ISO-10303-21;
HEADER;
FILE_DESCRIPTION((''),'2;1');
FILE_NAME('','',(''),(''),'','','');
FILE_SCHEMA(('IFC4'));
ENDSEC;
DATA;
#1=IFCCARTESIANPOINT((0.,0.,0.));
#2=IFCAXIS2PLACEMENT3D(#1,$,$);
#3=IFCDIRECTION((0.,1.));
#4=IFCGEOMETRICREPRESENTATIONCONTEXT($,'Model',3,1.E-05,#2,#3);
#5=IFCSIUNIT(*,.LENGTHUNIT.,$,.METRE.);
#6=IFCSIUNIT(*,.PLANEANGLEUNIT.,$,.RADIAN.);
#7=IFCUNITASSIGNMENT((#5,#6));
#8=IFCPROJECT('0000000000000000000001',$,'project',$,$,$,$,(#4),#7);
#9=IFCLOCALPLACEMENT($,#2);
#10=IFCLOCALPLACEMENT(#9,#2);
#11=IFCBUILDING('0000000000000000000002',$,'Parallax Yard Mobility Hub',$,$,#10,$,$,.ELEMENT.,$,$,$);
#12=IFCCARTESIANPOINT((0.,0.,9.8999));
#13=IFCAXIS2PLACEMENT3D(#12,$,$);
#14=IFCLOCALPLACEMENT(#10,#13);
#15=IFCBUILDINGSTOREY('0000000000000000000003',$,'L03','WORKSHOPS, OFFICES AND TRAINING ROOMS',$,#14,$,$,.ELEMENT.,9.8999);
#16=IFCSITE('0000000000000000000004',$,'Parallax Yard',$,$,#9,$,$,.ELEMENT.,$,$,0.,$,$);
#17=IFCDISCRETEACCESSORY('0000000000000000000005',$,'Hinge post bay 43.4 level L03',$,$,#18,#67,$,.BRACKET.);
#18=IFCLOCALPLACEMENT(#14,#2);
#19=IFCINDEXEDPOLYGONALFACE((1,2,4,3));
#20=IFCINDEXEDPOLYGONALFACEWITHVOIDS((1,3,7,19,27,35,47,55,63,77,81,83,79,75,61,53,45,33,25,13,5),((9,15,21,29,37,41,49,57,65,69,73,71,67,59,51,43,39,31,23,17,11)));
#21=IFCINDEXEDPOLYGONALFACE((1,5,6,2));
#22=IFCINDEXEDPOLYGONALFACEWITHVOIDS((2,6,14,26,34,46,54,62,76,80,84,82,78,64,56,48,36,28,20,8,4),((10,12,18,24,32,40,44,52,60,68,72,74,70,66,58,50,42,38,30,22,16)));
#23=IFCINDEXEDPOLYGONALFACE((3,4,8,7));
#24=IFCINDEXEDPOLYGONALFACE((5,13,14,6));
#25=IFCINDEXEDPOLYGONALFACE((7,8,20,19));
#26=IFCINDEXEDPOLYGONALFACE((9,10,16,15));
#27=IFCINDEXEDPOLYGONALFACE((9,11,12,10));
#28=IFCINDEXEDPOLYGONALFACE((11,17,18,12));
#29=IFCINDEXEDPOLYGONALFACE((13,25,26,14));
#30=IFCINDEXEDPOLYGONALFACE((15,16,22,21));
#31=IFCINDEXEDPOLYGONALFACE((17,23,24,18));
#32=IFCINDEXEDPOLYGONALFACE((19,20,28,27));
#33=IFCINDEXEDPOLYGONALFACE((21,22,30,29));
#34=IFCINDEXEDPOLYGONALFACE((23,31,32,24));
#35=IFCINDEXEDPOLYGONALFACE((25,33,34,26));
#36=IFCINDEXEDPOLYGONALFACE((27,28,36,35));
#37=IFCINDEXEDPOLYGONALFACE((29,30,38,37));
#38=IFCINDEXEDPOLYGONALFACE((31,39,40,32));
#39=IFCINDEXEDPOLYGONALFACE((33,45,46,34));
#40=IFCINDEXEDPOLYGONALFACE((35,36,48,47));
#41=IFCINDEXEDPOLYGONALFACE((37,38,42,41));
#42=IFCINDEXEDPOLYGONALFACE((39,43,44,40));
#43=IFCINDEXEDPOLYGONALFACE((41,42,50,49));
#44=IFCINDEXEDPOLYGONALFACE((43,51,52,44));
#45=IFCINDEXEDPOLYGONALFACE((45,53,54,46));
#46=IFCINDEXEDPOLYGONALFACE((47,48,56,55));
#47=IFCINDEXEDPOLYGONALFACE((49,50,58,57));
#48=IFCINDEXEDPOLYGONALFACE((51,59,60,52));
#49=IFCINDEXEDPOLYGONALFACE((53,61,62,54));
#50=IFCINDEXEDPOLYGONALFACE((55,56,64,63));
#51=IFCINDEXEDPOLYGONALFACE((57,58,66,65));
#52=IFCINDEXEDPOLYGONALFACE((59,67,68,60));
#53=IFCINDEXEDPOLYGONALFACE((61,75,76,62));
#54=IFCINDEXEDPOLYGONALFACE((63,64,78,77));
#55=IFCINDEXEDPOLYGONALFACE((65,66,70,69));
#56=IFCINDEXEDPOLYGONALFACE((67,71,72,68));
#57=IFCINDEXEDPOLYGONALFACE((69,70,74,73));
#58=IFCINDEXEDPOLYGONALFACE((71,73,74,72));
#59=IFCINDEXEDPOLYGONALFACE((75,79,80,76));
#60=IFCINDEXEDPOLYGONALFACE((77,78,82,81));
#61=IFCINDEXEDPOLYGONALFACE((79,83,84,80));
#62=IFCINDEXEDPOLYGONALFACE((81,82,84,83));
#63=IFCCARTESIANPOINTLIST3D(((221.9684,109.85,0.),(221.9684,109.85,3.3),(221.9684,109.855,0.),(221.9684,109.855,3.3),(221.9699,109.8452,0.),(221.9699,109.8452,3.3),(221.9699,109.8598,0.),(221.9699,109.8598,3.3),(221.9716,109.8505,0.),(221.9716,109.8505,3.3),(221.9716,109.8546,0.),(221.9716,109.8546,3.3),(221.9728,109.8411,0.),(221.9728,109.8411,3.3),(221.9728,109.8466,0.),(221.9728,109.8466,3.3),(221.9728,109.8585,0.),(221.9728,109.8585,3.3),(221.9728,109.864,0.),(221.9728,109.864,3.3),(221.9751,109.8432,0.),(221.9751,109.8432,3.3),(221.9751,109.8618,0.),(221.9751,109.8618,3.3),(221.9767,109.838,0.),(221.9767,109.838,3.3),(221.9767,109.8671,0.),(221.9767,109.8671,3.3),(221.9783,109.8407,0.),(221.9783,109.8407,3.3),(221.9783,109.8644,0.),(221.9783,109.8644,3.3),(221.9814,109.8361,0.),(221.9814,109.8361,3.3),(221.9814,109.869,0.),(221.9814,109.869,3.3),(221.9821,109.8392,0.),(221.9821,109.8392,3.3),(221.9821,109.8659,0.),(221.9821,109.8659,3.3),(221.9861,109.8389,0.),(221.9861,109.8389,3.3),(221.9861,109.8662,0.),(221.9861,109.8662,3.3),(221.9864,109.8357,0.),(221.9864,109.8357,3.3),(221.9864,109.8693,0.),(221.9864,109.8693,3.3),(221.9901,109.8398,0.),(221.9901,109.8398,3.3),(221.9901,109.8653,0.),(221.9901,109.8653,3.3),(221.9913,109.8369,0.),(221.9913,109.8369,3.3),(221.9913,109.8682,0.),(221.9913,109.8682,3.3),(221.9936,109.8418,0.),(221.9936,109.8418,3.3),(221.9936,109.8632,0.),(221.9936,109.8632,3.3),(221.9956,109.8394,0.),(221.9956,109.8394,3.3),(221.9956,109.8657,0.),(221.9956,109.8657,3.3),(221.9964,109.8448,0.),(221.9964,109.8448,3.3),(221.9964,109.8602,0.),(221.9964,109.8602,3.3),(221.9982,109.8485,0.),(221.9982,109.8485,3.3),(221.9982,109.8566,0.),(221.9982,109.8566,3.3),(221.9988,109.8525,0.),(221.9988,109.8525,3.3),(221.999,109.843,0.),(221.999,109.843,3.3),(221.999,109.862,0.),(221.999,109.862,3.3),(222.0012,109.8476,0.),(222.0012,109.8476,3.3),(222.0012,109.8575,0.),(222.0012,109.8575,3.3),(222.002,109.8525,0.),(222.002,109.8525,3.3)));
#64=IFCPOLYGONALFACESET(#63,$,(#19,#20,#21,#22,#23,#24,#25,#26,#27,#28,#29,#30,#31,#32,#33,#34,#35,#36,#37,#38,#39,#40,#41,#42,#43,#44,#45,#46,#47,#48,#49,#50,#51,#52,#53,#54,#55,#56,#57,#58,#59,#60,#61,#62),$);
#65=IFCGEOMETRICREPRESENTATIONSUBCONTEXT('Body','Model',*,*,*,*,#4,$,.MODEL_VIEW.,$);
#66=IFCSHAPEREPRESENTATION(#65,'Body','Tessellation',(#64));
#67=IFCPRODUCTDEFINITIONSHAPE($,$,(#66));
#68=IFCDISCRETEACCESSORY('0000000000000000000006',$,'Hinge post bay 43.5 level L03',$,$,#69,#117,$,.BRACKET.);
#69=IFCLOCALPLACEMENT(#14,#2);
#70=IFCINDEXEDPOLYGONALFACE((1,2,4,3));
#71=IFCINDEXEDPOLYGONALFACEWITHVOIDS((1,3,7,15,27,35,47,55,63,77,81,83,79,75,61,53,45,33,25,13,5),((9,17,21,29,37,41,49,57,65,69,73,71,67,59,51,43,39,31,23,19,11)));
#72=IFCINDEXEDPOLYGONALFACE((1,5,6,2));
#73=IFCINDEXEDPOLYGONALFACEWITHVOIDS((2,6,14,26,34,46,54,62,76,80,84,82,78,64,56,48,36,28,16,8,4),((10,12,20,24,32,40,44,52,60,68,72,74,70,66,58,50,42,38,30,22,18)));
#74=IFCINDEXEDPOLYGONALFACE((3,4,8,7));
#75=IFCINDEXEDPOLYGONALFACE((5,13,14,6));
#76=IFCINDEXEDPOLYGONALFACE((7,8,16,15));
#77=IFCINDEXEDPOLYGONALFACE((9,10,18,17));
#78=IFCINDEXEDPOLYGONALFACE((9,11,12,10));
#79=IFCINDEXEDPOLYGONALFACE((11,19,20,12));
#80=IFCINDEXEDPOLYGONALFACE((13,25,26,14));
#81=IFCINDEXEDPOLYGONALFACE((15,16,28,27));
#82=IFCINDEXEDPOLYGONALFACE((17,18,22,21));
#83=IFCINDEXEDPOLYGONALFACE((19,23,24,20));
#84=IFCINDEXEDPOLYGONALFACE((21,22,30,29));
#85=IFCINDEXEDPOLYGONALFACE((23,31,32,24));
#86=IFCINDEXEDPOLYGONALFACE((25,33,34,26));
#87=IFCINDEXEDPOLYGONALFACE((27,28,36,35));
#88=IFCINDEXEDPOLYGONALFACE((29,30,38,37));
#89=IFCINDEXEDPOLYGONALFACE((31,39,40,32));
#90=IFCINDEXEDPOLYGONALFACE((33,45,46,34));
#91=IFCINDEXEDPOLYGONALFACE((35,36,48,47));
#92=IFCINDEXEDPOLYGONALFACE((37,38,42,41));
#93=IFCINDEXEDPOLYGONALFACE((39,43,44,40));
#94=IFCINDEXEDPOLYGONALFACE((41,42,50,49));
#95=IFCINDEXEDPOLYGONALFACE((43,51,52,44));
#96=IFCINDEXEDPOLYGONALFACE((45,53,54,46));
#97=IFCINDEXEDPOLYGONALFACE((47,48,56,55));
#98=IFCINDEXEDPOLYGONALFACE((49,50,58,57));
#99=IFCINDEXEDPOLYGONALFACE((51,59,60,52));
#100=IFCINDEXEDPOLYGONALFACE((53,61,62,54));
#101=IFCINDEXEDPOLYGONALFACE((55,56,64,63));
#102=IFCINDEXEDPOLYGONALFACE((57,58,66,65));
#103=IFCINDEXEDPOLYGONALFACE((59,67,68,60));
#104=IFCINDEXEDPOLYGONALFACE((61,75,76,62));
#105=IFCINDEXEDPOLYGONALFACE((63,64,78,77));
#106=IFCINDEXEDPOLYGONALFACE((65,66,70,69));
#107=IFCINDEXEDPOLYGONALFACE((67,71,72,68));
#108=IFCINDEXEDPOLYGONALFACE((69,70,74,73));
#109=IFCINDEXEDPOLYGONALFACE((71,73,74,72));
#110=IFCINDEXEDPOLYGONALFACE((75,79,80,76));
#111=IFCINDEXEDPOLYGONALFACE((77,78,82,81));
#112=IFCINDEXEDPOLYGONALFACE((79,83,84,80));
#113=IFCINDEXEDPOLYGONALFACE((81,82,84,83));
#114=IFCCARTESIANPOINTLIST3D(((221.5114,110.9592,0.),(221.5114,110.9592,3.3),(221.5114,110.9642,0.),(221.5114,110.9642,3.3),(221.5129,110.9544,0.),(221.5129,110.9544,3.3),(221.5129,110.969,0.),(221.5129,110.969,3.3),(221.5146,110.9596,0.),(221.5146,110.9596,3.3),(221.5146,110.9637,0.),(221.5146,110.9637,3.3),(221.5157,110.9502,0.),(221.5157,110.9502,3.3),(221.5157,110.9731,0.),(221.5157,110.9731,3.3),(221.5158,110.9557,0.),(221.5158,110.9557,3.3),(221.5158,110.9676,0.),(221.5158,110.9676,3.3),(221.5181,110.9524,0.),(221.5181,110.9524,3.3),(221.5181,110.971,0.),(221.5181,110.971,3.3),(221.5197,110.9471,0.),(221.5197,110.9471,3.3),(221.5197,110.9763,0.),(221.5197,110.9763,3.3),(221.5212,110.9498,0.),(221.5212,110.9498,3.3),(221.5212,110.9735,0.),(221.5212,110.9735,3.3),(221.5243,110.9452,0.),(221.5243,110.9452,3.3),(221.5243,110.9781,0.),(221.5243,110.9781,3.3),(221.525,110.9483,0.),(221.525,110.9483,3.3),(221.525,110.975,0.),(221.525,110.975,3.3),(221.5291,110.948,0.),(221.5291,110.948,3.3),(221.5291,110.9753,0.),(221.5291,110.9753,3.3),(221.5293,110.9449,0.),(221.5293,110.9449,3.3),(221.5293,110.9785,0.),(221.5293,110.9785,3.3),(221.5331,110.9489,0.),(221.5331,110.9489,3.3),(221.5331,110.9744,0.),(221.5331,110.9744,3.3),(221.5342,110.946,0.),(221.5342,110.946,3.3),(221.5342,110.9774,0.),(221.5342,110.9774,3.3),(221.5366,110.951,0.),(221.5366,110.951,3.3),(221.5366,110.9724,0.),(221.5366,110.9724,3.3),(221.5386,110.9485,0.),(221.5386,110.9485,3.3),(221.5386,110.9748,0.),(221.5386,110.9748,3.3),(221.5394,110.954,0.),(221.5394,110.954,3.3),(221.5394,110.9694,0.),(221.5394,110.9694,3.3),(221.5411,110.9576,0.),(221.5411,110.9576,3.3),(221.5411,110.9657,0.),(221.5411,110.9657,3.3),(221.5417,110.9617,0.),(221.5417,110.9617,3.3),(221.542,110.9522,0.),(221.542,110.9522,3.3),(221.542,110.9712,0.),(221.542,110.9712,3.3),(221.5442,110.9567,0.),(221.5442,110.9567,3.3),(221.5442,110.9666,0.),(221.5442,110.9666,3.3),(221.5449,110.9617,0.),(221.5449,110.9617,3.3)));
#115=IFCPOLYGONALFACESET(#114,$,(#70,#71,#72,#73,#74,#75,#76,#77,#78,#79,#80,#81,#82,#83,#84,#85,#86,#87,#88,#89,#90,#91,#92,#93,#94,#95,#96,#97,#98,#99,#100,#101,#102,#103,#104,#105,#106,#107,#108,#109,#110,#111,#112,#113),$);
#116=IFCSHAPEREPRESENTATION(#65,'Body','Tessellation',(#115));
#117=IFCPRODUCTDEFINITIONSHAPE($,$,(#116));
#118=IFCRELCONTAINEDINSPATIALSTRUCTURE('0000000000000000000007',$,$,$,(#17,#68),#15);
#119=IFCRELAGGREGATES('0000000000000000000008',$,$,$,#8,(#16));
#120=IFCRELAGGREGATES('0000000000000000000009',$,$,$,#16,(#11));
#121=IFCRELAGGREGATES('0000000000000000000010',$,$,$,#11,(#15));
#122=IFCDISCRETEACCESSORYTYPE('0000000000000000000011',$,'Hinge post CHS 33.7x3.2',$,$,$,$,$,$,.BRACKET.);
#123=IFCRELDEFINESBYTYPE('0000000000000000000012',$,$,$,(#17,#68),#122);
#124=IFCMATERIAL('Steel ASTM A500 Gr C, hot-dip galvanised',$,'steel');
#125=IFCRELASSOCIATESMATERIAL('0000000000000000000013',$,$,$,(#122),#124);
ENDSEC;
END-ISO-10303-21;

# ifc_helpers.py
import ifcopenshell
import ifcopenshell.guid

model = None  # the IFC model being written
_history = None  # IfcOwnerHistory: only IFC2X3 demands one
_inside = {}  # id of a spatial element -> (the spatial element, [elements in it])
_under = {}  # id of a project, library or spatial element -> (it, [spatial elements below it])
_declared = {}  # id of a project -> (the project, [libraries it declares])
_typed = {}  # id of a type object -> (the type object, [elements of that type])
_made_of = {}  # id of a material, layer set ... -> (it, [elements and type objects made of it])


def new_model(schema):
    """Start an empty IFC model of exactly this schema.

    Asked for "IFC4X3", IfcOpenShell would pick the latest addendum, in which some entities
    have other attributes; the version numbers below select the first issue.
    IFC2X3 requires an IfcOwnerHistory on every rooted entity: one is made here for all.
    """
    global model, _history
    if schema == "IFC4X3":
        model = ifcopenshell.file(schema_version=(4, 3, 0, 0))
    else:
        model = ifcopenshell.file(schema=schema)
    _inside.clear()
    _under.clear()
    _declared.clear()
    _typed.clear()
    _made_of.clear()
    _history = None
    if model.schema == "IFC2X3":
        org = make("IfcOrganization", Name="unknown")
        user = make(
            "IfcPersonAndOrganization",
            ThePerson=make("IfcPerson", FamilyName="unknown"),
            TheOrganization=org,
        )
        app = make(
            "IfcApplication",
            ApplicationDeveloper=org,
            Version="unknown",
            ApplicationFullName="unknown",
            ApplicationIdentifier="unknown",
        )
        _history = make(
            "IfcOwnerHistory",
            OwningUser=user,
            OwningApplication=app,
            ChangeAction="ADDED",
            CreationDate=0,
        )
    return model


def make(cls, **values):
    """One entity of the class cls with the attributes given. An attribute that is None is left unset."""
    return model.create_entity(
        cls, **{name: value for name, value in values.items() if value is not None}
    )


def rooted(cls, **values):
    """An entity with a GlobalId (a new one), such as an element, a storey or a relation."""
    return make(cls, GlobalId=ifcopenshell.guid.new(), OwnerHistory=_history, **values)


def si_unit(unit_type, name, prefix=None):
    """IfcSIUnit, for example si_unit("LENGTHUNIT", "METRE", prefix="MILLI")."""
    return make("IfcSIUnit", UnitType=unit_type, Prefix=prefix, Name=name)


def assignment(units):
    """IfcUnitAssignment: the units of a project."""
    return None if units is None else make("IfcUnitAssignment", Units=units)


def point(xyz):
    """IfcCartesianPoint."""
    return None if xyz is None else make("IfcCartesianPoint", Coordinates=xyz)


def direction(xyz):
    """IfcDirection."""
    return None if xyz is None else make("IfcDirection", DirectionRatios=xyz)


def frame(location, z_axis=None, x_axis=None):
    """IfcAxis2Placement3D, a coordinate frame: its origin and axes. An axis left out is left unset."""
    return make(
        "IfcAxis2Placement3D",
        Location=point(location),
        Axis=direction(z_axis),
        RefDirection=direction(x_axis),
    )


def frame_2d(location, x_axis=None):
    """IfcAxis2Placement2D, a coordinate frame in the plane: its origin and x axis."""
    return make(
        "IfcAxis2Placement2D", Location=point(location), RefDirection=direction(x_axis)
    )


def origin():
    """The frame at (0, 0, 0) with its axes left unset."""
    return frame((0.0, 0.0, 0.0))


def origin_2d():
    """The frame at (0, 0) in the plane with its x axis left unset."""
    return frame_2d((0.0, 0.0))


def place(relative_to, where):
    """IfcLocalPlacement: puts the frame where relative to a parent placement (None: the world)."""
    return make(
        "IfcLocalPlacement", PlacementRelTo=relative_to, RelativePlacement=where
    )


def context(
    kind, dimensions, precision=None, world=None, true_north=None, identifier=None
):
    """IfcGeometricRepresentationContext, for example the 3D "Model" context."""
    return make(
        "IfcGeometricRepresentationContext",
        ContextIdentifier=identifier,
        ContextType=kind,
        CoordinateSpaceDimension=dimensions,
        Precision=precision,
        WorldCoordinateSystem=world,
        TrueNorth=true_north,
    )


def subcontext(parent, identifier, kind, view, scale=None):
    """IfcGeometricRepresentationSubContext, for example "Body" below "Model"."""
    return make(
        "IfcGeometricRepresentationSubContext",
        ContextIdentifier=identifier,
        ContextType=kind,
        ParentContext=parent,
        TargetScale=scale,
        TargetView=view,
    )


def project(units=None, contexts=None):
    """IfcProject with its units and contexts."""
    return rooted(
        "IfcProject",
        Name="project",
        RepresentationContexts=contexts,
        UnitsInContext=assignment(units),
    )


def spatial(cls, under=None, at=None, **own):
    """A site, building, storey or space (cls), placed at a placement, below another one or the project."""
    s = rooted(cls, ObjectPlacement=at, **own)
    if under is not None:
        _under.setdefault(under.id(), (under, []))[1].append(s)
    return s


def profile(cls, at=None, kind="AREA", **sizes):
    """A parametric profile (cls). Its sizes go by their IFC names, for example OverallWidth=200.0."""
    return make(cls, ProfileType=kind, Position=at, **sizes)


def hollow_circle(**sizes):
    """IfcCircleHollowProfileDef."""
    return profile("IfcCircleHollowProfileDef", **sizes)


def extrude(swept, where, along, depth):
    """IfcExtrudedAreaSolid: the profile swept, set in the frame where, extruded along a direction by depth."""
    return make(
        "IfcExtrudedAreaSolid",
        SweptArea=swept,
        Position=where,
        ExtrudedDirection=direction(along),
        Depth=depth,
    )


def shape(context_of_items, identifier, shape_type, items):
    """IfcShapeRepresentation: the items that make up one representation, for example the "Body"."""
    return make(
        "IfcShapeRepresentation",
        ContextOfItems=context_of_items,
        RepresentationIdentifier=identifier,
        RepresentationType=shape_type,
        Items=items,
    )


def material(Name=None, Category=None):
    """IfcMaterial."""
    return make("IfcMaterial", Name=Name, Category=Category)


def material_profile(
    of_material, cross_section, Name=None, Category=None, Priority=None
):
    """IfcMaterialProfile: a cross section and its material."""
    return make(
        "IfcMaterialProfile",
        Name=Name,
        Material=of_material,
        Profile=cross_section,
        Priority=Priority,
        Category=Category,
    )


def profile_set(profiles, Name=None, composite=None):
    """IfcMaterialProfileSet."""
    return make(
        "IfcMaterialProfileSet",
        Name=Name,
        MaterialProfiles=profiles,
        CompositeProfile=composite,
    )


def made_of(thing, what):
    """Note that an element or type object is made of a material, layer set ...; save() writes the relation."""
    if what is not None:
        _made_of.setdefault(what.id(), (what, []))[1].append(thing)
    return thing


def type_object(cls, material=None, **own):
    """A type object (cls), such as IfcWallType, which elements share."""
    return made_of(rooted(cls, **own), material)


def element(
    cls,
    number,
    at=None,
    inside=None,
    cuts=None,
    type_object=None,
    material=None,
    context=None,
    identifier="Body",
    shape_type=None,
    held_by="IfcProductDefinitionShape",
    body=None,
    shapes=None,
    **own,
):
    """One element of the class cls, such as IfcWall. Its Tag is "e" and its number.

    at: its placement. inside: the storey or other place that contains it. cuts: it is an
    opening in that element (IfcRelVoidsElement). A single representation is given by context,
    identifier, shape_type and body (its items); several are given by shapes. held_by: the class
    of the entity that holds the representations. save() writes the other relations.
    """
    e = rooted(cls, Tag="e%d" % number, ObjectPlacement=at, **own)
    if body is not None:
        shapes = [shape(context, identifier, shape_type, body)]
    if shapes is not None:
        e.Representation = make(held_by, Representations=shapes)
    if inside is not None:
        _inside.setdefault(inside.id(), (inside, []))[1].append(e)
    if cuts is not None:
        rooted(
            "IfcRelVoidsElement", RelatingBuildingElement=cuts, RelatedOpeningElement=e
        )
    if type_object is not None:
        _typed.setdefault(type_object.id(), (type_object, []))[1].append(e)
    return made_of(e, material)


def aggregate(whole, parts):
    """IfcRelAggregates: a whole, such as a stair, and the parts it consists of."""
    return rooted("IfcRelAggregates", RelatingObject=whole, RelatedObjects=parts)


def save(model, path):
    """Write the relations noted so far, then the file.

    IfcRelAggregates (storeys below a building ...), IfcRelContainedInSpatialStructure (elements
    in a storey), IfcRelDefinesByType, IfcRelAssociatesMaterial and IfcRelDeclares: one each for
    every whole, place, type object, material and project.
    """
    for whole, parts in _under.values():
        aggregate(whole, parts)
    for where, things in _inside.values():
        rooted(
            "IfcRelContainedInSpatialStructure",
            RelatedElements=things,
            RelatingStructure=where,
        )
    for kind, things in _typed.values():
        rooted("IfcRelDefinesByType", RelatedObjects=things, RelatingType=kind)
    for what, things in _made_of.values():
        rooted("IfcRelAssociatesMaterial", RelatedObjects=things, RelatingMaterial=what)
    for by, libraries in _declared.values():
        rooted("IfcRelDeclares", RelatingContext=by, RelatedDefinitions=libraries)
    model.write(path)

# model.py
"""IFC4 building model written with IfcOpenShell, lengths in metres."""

from ifc_helpers import new_model, si_unit, direction, frame, origin, origin_2d, place, context, subcontext, project, spatial, hollow_circle, extrude, material, material_profile, profile_set, type_object, element, save


model = new_model("IFC4")

# Units and contexts
model_context = context("Model", 3, precision=1e-05, world=origin(), true_north=direction((0.0, 1.0)))
body_context = subcontext(model_context, "Body", "Model", "MODEL_VIEW")
ifc_project = project(units=[si_unit("LENGTHUNIT", "METRE"), si_unit("PLANEANGLEUNIT", "RADIAN")], contexts=[model_context])

# Site, building, storey
site_placement = place(None, origin())
site = spatial("IfcSite", under=ifc_project, at=site_placement, Name="Parallax Yard", CompositionType="ELEMENT", RefElevation=0.0)
building_placement = place(site_placement, origin())
building = spatial("IfcBuilding", under=site, at=building_placement, Name="Parallax Yard Mobility Hub", CompositionType="ELEMENT")
storey_placement = place(building_placement, frame((0.0, 0.0, 9.8999)))
storey = spatial("IfcBuildingStorey", under=building, at=storey_placement, Name="L03", Description="WORKSHOPS, OFFICES AND TRAINING ROOMS", CompositionType="ELEMENT", Elevation=9.8999)

# Discrete accessories
ifc_material_1 = material(Name="Steel ASTM A500 Gr C, hot-dip galvanised", Category="steel")
ifc_material_profile_1 = material_profile(ifc_material_1, hollow_circle(Radius=0.0168, WallThickness=0.0032, at=origin_2d()), Name="CHS 33.7x3.2")
ifc_profile_set_1 = profile_set([ifc_material_profile_1], Name="Steel ASTM A500 Gr C, hot-dip galvanised")
discrete_accessory_type_1 = type_object("IfcDiscreteAccessoryType", Name="Hinge post CHS 33.7x3.2", PredefinedType="BRACKET", material=ifc_profile_set_1)
for number, where, z_axis, x_axis, name in (
    (1, (221.9851, 109.8525, 0.0), (0.0, 0.0, 1.0), (1.0, 0.0, 0.0), "Hinge post bay 43.4 level L03"),
    (2, (221.5281, 110.9617, 0.0), (0.0, 0.0, 1.0), (1.0, 0.0, 0.0), "Hinge post bay 43.5 level L03"),
):
    element("IfcDiscreteAccessory", number, at=place(storey_placement, frame(where, z_axis=z_axis, x_axis=x_axis)), inside=storey, type_object=discrete_accessory_type_1, Name=name, PredefinedType="BRACKET", context=body_context, shape_type="SweptSolid", body=[
        extrude(hollow_circle(Radius=0.0168, WallThickness=0.0032, at=origin_2d()), origin(), (0.0, 0.0, 1.0), 3.3),
    ])

save(model, "model.ifc")
